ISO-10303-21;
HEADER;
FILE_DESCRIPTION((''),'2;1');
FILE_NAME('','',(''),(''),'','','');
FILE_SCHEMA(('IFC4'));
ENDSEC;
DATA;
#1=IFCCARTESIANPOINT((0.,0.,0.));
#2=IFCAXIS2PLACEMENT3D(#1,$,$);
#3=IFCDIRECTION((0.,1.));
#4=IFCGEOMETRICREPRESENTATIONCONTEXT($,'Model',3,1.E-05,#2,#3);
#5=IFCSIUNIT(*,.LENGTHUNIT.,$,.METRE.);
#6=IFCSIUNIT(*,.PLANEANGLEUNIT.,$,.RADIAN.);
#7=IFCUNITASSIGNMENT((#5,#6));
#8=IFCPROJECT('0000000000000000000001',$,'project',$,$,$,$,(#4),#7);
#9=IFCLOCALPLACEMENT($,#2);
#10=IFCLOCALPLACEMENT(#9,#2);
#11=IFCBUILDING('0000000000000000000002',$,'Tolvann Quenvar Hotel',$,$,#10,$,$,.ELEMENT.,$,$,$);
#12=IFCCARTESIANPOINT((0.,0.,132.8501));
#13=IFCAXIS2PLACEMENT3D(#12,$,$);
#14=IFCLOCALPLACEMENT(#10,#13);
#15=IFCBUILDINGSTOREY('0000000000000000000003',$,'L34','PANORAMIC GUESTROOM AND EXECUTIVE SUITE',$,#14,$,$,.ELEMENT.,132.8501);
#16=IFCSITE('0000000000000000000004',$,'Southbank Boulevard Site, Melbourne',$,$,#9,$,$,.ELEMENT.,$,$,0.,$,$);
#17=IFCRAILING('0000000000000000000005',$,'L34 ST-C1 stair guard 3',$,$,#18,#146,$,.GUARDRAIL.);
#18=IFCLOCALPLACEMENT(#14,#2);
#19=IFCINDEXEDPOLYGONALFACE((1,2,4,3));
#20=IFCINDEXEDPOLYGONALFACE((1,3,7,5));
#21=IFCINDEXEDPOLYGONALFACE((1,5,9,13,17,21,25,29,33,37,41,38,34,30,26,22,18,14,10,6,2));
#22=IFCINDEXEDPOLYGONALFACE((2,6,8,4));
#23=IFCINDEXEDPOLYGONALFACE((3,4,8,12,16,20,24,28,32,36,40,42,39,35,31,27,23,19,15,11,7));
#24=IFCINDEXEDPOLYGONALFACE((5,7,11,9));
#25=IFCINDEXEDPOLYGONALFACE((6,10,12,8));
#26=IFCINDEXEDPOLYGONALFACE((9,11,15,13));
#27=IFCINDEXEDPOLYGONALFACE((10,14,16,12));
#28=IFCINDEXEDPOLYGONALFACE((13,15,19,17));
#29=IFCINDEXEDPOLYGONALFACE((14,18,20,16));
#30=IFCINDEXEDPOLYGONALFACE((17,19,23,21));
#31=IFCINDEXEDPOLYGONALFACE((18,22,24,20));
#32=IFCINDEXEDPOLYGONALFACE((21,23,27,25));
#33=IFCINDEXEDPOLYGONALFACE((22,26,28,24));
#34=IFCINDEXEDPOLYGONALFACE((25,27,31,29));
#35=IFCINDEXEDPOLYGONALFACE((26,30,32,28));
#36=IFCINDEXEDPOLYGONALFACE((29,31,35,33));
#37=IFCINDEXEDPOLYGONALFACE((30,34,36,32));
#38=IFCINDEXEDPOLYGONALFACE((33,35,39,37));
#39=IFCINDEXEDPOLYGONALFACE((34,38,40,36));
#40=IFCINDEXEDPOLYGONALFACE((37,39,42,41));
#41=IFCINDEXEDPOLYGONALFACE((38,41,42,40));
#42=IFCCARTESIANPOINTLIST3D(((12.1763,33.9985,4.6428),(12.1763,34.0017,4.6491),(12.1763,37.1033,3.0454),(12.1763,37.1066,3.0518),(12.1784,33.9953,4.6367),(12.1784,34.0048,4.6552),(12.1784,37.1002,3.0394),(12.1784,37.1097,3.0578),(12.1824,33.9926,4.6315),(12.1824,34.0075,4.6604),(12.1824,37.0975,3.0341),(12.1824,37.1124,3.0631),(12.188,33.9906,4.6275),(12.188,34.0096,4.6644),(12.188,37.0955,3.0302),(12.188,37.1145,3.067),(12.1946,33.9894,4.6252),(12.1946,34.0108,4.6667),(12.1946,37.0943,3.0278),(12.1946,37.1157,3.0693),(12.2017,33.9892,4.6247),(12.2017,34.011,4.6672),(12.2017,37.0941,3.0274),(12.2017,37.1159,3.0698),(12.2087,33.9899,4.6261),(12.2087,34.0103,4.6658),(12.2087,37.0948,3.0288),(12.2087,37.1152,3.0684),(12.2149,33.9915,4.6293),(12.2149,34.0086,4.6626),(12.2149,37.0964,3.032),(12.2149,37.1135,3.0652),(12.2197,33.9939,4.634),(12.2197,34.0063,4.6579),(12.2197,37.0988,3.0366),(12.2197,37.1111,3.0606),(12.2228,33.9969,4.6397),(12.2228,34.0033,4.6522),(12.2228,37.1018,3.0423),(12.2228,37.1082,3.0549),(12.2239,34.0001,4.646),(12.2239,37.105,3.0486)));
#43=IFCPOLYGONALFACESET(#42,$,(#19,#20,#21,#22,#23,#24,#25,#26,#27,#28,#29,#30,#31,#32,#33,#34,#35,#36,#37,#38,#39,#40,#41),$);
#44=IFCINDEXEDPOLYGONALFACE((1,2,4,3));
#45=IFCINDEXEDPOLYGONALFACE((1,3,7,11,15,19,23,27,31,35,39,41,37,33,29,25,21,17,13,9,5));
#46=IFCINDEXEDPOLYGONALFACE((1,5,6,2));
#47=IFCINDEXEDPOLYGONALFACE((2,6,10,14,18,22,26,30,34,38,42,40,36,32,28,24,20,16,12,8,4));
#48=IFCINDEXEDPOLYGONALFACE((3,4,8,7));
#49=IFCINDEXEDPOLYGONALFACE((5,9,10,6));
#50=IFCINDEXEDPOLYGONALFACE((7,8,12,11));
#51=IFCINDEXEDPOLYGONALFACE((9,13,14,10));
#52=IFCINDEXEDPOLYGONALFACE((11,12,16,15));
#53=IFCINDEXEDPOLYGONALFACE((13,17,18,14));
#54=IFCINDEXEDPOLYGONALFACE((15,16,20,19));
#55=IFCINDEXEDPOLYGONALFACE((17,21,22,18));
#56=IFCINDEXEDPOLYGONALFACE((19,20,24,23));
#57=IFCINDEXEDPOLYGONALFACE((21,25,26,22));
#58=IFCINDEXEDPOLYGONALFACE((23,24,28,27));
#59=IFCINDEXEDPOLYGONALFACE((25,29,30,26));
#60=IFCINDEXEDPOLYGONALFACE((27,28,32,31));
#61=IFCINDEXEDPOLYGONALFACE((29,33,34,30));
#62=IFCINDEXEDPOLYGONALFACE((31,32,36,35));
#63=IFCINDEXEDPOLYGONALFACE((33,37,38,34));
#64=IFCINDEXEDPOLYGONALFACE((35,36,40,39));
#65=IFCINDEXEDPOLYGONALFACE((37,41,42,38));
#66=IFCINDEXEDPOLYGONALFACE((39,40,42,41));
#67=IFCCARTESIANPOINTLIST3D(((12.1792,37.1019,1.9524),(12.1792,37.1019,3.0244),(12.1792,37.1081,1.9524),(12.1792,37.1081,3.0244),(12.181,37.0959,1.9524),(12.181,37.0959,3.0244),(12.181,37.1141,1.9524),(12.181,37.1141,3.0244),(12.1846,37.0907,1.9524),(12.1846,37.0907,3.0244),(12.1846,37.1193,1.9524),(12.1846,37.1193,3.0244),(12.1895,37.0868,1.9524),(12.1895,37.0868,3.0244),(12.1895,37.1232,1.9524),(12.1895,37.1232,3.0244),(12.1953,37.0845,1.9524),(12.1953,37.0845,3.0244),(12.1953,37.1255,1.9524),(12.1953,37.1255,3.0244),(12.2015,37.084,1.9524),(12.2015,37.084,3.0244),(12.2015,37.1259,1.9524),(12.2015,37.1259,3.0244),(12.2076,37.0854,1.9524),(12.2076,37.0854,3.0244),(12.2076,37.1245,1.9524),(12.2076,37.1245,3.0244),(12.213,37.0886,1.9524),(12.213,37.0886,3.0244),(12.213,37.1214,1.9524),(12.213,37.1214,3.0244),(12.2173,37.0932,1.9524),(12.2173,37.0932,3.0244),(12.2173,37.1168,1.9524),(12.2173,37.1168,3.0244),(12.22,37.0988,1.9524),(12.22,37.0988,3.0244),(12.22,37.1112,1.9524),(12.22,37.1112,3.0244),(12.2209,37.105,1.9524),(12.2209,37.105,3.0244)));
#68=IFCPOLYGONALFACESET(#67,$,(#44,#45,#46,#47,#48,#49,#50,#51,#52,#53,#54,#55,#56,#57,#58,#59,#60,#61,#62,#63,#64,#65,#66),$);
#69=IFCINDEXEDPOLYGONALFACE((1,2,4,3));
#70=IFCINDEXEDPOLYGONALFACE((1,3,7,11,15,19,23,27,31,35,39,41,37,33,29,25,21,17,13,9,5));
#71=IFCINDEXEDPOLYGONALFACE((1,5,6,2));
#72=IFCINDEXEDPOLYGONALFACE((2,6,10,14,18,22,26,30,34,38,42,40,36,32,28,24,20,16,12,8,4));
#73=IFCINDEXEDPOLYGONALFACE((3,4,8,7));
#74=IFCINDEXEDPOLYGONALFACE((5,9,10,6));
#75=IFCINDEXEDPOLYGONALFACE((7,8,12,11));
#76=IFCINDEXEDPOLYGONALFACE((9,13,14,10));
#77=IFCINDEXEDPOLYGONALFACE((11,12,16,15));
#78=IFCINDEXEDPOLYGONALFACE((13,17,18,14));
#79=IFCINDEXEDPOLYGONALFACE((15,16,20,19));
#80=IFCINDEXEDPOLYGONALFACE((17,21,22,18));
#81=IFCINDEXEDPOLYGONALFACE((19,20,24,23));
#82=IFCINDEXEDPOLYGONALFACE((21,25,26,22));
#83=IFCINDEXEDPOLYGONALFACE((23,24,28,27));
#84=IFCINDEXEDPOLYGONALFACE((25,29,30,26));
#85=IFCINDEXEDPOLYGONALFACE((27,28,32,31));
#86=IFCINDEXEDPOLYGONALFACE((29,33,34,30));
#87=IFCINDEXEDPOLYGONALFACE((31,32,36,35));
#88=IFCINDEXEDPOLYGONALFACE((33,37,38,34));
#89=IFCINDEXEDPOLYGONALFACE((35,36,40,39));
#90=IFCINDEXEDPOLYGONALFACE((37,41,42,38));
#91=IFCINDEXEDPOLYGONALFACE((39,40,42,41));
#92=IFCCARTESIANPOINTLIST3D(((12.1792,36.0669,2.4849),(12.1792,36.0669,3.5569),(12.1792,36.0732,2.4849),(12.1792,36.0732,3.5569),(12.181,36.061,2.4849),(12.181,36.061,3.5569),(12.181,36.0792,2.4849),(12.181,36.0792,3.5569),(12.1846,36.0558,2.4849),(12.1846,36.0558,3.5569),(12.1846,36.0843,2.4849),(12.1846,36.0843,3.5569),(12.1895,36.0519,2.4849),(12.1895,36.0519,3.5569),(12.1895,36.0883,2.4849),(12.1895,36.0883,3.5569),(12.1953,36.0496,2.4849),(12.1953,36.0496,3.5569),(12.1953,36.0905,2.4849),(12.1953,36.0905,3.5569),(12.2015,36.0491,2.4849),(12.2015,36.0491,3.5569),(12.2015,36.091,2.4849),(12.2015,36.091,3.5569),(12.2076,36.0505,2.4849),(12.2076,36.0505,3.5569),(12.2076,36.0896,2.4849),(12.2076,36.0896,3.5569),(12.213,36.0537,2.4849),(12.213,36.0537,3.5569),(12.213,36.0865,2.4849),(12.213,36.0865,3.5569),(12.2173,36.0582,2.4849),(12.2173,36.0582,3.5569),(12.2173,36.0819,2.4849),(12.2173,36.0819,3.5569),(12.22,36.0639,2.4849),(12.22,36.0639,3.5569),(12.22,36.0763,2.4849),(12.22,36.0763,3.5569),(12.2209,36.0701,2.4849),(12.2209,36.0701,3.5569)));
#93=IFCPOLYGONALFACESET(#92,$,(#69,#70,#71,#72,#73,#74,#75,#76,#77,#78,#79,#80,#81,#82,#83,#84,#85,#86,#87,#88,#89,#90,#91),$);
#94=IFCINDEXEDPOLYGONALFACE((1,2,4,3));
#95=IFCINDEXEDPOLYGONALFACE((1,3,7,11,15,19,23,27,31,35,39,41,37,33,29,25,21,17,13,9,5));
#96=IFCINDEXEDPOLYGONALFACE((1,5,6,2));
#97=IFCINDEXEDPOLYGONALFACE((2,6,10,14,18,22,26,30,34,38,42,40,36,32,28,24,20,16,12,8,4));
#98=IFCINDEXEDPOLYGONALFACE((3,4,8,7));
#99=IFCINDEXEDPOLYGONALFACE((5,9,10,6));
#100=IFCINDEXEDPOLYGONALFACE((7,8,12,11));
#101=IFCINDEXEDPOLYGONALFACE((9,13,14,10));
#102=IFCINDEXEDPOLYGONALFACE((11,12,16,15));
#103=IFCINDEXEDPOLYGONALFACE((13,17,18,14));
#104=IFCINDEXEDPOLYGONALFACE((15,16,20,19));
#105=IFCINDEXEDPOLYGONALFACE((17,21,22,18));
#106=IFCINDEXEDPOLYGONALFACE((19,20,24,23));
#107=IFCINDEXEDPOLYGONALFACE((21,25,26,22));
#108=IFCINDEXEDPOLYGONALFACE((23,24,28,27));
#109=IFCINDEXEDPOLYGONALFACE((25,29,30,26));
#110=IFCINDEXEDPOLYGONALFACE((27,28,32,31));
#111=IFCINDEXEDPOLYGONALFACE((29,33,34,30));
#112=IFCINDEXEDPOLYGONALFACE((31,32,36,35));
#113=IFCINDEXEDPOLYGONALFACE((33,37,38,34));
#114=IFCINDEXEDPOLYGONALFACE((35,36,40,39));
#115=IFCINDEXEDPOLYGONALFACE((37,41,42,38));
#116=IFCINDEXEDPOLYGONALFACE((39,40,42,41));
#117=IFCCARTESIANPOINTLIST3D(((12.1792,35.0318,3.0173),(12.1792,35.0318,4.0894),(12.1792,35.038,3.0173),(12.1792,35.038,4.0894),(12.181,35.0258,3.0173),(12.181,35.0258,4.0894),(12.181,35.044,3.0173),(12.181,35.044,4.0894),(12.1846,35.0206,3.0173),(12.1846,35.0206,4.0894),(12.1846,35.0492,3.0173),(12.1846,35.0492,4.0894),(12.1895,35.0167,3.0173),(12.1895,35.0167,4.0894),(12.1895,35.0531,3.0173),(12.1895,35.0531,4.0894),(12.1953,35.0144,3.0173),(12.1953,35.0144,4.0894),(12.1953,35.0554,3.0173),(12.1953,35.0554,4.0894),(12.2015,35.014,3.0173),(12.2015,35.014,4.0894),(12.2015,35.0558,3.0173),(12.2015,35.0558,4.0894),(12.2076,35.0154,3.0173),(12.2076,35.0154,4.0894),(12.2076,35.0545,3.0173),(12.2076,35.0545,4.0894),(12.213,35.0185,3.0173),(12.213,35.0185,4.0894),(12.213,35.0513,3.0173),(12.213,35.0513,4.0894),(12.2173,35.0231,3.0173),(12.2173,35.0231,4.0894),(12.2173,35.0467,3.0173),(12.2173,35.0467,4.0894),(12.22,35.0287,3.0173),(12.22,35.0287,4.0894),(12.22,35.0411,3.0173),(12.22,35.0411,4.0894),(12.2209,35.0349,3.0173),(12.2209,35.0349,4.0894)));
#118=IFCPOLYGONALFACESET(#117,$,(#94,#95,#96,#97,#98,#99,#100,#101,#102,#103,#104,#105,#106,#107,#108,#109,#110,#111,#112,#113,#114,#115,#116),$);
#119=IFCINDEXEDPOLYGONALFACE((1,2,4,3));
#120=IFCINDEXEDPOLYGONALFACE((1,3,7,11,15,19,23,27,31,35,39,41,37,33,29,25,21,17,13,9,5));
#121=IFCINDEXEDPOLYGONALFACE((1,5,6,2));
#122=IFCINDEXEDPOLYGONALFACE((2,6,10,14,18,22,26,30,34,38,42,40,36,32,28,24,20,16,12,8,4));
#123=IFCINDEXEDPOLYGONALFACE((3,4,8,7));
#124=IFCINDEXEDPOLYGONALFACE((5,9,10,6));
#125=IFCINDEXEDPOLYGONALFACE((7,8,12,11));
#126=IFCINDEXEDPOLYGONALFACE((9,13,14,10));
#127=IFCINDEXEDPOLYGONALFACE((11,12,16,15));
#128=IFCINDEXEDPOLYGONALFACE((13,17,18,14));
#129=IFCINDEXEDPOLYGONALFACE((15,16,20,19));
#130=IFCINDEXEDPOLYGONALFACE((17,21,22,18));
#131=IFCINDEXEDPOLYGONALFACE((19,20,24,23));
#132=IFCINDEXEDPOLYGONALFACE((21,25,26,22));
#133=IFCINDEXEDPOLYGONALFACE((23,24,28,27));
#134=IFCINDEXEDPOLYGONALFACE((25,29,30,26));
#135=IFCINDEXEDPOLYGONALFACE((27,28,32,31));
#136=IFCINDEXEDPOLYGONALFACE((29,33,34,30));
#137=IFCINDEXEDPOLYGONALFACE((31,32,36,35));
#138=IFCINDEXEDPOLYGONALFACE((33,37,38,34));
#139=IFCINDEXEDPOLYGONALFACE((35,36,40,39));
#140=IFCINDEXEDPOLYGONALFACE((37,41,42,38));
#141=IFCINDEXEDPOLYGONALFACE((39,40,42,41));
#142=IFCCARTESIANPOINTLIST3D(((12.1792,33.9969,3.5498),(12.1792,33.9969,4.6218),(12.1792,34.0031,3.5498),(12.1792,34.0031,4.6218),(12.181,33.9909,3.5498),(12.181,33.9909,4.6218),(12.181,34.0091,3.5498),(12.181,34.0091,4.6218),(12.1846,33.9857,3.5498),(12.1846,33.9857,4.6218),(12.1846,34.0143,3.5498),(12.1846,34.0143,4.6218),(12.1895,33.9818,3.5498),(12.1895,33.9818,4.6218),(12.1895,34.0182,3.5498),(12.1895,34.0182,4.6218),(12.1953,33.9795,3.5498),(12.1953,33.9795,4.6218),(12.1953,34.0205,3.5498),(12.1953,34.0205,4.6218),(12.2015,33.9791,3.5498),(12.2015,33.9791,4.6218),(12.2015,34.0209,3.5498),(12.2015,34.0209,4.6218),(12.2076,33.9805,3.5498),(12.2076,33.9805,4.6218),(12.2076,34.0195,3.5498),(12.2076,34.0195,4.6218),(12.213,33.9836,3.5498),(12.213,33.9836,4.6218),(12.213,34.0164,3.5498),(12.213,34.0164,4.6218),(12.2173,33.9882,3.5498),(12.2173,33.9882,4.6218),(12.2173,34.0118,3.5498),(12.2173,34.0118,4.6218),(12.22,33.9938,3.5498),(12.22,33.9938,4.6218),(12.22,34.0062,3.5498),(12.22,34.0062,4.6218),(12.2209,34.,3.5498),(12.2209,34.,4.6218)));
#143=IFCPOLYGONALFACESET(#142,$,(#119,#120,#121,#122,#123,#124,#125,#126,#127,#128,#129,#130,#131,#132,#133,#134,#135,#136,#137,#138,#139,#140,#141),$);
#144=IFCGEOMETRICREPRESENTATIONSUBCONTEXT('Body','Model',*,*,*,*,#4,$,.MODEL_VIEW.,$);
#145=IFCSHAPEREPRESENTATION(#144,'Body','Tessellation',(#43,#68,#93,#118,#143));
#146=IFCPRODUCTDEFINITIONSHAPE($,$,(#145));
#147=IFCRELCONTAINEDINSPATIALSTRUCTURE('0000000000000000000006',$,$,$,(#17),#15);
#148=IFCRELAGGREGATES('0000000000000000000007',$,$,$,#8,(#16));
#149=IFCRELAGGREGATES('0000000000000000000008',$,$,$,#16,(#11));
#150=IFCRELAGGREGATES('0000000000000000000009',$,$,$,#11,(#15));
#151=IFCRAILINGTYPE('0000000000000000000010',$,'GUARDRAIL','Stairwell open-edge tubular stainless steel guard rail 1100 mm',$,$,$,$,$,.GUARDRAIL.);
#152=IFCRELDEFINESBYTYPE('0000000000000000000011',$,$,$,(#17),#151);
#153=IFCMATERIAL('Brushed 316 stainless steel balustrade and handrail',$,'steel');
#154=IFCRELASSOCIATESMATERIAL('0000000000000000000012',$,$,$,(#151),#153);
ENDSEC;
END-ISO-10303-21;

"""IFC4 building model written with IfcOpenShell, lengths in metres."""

from ifc_helpers import new_model, si_unit, direction, frame, origin, origin_2d, place, context, subcontext, project, spatial, circle, extrude, material, type_object, element, save


model = new_model("IFC4")

# Units and contexts
model_context = context("Model", 3, precision=1e-05, world=origin(), true_north=direction((0.0, 1.0)))
body_context = subcontext(model_context, "Body", "Model", "MODEL_VIEW")
ifc_project = project(units=[si_unit("LENGTHUNIT", "METRE"), si_unit("PLANEANGLEUNIT", "RADIAN")], contexts=[model_context])

# Site, building, storey
site_placement = place(None, origin())
site = spatial("IfcSite", under=ifc_project, at=site_placement, Name="Southbank Boulevard Site, Melbourne", CompositionType="ELEMENT", RefElevation=0.0)
building_placement = place(site_placement, origin())
building = spatial("IfcBuilding", under=site, at=building_placement, Name="Tolvann Quenvar Hotel", CompositionType="ELEMENT")
storey_placement = place(building_placement, frame((0.0, 0.0, 132.8501)))
storey = spatial("IfcBuildingStorey", under=building, at=storey_placement, Name="L34", Description="PANORAMIC GUESTROOM AND EXECUTIVE SUITE", CompositionType="ELEMENT", Elevation=132.8501)

# Railing
ifc_material_1 = material(Name="Brushed 316 stainless steel balustrade and handrail", Category="steel")
railing_type_1 = type_object("IfcRailingType", Name="GUARDRAIL", Description="Stairwell open-edge tubular stainless steel guard rail 1100 mm", PredefinedType="GUARDRAIL", material=ifc_material_1)
railing_1_placement = place(storey_placement, frame((12.2, 37.105, 1.9524)))
element("IfcRailing", 1, at=railing_1_placement, inside=storey, type_object=railing_type_1, Name="L34 ST-C1 stair guard 3", PredefinedType="GUARDRAIL", context=body_context, shape_type="SweptSolid", body=[
    extrude(circle(Radius=0.0239, at=origin_2d()), frame((0.0, 0.0, 1.0962), z_axis=(0.0, -0.889222, 0.457476), x_axis=(1.0, 0.0, 0.0)), (0.0, 0.0, 1.0), 3.4917),
    extrude(circle(Radius=0.021, at=origin_2d()), origin(), (0.0, 0.0, 1.0), 1.072),
    extrude(circle(Radius=0.021, at=origin_2d()), frame((0.0, -1.0349, 0.5325)), (0.0, 0.0, 1.0), 1.072),
    extrude(circle(Radius=0.021, at=origin_2d()), frame((0.0, -2.0701, 1.0649)), (0.0, 0.0, 1.0), 1.072),
    extrude(circle(Radius=0.021, at=origin_2d()), frame((0.0, -3.105, 1.5974)), (0.0, 0.0, 1.0), 1.072),
])

save(model, "model.ifc")
